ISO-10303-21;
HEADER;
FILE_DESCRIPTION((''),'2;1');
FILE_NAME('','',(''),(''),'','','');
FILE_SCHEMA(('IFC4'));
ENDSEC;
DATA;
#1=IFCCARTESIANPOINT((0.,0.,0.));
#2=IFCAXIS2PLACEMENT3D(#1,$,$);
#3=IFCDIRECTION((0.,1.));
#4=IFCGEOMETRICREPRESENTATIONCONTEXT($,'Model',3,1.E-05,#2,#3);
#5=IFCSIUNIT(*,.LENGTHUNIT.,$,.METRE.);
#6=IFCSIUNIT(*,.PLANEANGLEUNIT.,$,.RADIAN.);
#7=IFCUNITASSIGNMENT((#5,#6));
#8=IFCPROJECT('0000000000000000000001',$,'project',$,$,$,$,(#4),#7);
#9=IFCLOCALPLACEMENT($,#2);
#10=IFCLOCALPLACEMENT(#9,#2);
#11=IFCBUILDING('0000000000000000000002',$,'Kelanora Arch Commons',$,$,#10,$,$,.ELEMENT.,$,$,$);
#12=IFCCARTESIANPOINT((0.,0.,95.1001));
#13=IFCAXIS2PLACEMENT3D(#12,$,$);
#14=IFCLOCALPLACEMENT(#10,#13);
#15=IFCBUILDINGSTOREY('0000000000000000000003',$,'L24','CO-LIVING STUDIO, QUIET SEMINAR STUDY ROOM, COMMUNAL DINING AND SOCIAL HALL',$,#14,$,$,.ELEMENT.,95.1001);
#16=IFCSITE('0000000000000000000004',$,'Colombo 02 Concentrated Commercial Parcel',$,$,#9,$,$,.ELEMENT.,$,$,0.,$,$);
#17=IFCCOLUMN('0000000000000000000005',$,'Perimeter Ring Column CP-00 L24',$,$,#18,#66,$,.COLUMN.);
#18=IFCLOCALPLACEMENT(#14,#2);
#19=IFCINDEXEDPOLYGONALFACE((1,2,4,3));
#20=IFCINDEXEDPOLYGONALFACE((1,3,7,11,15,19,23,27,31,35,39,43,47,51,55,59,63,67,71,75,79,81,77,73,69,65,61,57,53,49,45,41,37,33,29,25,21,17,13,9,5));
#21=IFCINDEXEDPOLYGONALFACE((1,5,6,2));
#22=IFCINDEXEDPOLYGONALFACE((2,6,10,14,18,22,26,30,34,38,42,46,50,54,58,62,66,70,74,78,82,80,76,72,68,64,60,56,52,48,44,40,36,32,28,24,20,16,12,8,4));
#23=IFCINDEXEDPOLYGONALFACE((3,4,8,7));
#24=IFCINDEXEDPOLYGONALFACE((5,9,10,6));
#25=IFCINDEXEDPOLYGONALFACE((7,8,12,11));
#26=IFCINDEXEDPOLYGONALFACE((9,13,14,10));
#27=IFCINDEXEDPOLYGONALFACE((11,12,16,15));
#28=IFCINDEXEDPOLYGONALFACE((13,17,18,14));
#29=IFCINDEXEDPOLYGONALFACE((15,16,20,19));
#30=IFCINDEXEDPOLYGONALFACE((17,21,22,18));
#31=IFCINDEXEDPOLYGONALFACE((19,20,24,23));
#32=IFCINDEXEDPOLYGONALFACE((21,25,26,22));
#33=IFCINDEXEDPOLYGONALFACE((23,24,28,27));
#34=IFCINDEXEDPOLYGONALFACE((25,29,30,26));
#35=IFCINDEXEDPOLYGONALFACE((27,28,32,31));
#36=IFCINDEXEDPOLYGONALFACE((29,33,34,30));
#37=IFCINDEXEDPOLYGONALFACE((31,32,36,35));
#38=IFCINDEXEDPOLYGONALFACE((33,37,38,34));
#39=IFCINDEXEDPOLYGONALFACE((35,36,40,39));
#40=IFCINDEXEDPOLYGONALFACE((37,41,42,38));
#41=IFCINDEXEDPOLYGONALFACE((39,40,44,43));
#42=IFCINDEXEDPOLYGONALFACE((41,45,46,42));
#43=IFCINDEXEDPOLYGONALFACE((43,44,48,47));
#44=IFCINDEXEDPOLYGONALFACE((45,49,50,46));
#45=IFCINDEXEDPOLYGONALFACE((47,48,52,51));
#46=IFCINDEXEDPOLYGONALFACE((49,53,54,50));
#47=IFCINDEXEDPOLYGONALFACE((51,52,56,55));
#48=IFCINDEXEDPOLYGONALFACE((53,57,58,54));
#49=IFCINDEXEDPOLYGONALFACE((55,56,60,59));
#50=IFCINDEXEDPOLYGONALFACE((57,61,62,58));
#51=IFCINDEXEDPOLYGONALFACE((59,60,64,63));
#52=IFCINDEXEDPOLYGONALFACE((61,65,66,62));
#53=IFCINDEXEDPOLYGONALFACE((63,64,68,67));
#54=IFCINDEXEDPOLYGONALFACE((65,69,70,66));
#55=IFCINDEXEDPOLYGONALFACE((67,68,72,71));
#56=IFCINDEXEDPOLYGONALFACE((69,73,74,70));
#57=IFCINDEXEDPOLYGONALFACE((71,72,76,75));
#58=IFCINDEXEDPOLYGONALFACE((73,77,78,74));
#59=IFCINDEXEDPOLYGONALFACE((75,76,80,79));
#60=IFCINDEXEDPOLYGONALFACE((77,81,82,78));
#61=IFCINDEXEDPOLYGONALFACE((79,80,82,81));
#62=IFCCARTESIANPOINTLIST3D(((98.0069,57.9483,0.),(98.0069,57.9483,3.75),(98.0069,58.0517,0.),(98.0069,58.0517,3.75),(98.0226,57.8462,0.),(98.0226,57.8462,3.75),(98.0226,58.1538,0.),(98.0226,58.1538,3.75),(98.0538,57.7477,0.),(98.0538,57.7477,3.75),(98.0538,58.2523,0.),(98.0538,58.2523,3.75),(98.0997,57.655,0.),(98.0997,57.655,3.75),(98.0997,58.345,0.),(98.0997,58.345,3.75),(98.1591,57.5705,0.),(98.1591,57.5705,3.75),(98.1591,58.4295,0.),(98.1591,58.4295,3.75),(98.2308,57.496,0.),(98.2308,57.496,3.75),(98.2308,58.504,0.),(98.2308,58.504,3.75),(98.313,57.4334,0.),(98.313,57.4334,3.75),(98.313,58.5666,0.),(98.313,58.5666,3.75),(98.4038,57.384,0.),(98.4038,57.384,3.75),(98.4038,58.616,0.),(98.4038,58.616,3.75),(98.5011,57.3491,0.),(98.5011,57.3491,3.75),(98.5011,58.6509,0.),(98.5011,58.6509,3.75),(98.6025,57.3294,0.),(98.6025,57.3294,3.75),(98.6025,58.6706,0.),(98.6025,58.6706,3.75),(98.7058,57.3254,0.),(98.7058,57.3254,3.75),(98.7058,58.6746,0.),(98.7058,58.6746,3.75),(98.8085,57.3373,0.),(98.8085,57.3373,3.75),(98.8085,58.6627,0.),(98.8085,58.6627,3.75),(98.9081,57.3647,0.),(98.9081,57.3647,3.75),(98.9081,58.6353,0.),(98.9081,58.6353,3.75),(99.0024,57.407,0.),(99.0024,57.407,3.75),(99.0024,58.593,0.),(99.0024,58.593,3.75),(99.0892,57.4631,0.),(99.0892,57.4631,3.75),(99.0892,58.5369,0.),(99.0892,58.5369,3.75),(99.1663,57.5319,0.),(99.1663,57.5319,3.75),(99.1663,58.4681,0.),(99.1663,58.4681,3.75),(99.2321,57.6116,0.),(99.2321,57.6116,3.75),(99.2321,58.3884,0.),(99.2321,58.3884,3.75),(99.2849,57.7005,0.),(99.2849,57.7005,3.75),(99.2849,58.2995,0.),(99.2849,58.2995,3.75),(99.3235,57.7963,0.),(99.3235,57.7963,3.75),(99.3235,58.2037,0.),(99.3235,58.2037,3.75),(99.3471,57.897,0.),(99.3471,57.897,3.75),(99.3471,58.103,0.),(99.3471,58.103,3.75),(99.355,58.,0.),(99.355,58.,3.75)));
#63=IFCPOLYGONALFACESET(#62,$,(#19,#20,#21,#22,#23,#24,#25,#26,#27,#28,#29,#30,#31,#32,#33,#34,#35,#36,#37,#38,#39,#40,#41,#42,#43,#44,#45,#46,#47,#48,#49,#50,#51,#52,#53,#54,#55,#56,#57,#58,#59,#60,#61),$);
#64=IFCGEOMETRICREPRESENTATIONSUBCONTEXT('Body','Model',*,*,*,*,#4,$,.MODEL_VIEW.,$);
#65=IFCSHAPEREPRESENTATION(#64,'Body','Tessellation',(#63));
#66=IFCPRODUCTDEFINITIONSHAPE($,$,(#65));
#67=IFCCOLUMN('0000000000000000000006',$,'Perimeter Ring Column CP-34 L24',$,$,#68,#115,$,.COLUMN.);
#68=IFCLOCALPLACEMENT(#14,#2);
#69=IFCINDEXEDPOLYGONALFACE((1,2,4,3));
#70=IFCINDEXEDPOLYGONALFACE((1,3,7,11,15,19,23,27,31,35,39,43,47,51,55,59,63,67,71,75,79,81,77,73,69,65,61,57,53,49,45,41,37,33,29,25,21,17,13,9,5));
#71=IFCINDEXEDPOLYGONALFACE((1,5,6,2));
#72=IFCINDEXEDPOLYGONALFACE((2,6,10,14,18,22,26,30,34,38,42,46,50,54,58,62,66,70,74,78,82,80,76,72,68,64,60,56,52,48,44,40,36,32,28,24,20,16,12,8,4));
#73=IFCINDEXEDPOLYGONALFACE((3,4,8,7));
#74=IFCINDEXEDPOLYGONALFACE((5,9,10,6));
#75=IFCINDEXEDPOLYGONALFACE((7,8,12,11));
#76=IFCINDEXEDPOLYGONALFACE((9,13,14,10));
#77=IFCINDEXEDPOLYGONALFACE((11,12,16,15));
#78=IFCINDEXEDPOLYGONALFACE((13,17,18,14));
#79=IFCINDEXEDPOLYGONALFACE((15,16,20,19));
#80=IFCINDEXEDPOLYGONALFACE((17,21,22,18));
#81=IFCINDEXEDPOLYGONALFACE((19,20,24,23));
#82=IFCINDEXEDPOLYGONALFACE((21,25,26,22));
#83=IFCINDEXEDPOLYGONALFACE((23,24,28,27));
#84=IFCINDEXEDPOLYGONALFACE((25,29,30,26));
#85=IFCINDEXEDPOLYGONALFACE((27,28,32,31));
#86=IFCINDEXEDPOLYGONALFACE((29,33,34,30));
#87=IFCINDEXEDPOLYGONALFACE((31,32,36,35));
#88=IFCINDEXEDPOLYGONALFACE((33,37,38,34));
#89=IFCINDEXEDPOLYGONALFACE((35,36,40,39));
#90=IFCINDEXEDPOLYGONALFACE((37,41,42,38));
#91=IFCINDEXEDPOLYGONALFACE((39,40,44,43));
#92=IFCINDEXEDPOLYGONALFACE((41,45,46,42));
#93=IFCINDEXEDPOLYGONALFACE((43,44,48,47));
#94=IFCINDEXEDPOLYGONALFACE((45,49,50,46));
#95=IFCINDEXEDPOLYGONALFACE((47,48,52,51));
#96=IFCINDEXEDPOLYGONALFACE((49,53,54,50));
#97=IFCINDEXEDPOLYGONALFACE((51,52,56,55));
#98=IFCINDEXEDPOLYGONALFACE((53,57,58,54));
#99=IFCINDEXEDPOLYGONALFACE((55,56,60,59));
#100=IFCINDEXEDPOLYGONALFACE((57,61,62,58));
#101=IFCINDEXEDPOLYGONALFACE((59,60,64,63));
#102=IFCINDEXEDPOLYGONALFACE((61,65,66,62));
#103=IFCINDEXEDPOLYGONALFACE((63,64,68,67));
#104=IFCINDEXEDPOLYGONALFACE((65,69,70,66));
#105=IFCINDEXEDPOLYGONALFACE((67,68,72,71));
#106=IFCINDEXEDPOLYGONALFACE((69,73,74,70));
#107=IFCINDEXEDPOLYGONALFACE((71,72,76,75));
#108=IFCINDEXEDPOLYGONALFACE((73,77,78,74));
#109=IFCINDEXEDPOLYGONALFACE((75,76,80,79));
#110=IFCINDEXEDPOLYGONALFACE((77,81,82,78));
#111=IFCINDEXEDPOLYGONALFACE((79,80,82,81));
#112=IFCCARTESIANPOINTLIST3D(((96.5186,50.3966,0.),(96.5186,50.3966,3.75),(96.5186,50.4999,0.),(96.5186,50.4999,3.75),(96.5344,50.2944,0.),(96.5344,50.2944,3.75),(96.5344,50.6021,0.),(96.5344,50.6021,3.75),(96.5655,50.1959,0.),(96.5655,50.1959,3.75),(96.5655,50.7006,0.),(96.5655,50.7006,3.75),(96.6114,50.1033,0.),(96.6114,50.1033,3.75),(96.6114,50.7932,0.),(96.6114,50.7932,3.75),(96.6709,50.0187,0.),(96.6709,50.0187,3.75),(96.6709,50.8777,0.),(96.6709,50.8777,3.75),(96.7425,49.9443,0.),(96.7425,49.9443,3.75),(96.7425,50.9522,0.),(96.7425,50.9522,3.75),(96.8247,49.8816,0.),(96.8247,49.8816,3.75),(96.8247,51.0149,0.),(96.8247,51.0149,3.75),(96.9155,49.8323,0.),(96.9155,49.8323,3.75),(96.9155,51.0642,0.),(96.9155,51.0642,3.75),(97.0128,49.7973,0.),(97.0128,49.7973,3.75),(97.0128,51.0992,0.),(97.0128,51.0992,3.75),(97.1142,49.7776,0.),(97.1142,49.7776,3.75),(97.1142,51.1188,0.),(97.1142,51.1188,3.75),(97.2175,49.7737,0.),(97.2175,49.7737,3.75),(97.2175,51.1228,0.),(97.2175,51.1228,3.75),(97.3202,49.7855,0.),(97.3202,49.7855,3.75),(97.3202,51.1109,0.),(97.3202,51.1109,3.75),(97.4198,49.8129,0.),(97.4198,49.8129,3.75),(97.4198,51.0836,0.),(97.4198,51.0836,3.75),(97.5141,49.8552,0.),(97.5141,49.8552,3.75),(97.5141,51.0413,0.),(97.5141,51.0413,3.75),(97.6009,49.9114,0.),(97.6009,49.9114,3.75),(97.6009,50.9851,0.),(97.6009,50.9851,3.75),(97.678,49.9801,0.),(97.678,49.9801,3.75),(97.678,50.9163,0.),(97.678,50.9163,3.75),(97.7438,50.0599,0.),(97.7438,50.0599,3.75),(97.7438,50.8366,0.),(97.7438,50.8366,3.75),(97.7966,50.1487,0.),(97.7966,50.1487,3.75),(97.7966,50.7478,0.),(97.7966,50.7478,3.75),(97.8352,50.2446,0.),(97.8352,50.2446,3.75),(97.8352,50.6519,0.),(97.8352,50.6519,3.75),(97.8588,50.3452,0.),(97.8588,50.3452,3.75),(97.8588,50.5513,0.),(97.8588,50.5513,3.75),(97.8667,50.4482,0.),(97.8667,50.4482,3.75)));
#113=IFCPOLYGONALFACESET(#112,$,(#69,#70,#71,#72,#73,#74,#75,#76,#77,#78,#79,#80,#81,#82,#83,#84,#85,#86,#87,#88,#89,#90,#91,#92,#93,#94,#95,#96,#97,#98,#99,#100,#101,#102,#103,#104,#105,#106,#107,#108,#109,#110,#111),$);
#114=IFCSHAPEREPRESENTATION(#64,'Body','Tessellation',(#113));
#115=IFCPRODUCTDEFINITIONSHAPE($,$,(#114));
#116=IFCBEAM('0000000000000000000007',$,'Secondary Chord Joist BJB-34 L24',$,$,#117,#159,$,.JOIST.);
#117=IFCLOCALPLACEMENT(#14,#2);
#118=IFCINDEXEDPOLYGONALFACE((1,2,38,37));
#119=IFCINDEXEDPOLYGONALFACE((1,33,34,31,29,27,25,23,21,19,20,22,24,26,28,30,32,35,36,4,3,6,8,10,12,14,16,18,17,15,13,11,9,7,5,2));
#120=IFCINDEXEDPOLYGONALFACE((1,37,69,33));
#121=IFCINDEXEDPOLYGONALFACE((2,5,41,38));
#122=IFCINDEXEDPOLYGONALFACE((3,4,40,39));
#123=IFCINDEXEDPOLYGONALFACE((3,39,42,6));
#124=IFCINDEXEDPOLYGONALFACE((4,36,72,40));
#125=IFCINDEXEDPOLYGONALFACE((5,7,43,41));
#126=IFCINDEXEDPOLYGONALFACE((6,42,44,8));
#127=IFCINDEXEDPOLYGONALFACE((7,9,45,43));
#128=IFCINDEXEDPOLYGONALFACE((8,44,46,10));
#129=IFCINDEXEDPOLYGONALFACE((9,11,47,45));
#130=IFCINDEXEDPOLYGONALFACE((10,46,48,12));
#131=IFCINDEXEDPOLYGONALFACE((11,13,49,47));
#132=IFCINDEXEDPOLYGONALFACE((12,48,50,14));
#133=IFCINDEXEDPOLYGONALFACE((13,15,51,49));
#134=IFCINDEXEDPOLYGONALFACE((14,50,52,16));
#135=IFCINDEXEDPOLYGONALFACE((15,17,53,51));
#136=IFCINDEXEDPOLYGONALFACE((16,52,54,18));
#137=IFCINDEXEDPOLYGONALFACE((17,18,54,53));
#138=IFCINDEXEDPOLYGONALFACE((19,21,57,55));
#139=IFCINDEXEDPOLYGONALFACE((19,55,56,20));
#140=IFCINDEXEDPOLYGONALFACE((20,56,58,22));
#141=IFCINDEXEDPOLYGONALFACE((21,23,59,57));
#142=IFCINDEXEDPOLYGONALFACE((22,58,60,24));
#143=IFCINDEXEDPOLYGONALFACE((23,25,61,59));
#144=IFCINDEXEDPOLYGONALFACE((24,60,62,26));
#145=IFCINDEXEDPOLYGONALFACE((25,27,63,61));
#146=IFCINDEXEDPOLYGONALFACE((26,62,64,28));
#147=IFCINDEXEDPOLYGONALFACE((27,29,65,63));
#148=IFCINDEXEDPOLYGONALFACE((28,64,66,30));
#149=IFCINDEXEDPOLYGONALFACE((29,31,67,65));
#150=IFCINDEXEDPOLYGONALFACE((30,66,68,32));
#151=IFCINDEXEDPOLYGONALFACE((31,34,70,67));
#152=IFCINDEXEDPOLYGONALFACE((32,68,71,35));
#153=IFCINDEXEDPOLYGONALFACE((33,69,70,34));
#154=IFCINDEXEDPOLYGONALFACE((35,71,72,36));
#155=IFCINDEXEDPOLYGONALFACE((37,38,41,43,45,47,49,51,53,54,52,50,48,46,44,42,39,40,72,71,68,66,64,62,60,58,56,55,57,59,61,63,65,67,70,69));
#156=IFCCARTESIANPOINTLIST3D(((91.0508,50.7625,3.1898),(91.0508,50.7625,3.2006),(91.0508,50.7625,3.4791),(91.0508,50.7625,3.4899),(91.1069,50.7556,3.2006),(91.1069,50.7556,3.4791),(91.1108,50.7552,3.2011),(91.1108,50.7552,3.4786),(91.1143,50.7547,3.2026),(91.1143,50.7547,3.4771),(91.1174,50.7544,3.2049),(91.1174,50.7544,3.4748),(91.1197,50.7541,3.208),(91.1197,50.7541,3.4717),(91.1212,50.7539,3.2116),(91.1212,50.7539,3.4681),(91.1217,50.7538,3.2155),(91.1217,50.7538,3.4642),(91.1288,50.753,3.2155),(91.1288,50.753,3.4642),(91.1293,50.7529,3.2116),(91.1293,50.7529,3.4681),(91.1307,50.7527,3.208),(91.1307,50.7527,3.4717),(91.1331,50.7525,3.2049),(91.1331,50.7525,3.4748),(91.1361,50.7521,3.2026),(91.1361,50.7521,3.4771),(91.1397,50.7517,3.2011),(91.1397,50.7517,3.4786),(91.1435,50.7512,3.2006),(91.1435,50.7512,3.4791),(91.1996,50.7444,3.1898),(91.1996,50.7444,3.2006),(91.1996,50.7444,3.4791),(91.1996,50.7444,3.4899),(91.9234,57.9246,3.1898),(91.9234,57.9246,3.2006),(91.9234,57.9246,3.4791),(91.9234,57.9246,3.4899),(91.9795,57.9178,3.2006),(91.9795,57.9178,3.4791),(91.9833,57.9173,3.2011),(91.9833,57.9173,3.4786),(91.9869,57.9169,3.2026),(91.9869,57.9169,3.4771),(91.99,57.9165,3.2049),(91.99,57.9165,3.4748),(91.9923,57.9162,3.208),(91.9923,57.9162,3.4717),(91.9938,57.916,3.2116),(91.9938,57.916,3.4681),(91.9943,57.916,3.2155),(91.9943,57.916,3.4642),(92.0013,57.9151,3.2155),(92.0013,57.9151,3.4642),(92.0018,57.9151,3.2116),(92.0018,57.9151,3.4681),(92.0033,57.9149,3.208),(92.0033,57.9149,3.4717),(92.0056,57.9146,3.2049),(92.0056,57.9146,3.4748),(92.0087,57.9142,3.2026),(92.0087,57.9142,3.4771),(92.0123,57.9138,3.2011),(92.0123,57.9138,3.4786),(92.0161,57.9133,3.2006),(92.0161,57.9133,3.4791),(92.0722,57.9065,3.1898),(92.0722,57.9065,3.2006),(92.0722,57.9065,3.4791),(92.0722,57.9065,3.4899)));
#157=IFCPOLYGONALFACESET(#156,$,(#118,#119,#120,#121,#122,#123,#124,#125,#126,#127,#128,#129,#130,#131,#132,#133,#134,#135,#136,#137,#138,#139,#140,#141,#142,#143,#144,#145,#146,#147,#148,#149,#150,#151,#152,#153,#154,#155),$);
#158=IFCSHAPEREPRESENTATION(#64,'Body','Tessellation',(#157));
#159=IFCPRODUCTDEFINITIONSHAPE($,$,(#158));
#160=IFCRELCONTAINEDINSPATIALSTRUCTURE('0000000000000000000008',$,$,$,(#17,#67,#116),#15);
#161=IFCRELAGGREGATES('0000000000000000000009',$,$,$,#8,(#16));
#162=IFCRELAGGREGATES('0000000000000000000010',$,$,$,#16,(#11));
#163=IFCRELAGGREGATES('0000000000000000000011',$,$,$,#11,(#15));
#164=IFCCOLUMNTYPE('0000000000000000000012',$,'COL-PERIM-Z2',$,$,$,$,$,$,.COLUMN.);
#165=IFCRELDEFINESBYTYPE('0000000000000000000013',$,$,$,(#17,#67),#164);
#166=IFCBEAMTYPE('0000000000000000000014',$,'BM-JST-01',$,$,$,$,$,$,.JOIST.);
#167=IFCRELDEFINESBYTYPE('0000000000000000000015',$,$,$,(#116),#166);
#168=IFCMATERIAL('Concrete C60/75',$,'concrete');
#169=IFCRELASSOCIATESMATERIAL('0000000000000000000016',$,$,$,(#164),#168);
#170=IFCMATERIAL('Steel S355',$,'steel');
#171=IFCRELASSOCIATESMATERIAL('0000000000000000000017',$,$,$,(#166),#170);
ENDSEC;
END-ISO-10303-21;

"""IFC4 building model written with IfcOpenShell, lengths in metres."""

from ifc_helpers import new_model, si_unit, direction, frame, origin, origin_2d, place, context, subcontext, project, spatial, circle, i_section, extrude, material, material_profile, profile_set, type_object, element, save


model = new_model("IFC4")

# Units and contexts
model_context = context("Model", 3, precision=1e-05, world=origin(), true_north=direction((0.0, 1.0)))
body_context = subcontext(model_context, "Body", "Model", "MODEL_VIEW")
ifc_project = project(units=[si_unit("LENGTHUNIT", "METRE"), si_unit("PLANEANGLEUNIT", "RADIAN")], contexts=[model_context])

# Site, building, storey
site_placement = place(None, origin())
site = spatial("IfcSite", under=ifc_project, at=site_placement, Name="Colombo 02 Concentrated Commercial Parcel", CompositionType="ELEMENT", RefElevation=0.0)
building_placement = place(site_placement, origin())
building = spatial("IfcBuilding", under=site, at=building_placement, Name="Kelanora Arch Commons", CompositionType="ELEMENT")
storey_placement = place(building_placement, frame((0.0, 0.0, 95.1001)))
storey = spatial("IfcBuildingStorey", under=building, at=storey_placement, Name="L24", Description="CO-LIVING STUDIO, QUIET SEMINAR STUDY ROOM, COMMUNAL DINING AND SOCIAL HALL", CompositionType="ELEMENT", Elevation=95.1001)

# Columns
ifc_material_1 = material(Name="Concrete C60/75", Category="concrete")
ifc_material_profile_1 = material_profile(ifc_material_1, circle(Radius=0.675, at=origin_2d()), Name="RCC1350")
ifc_profile_set_1 = profile_set([ifc_material_profile_1], Name="Concrete C60/75")
column_type = type_object("IfcColumnType", Name="COL-PERIM-Z2", PredefinedType="COLUMN", material=ifc_profile_set_1)
for number, where, z_axis, x_axis, name in (
    (1, (98.6799, 58.0, 0.0), (0.0, 0.0, 1.0), (1.0, 0.0, 0.0), "Perimeter Ring Column CP-00 L24"),
    (2, (97.1917, 50.4482, 0.0), (0.0, 0.0, 1.0), (1.0, 0.0, 0.0), "Perimeter Ring Column CP-34 L24"),
):
    element("IfcColumn", number, at=place(storey_placement, frame(where, z_axis=z_axis, x_axis=x_axis)), inside=storey, type_object=column_type, Name=name, PredefinedType="COLUMN", context=body_context, shape_type="SweptSolid", body=[
        extrude(circle(Radius=0.675, at=origin_2d()), origin(), (0.0, 0.0, 1.0), 3.75),
    ])

# Beam
ifc_material_2 = material(Name="Steel S355", Category="steel")
ifc_material_profile_2 = material_profile(ifc_material_2, i_section(OverallWidth=0.1499, OverallDepth=0.3, WebThickness=0.0071, FlangeThickness=0.0107, FilletRadius=0.0149, at=origin_2d()), Name="IPE300")
ifc_profile_set_2 = profile_set([ifc_material_profile_2], Name="Steel S355")
beam_type_1 = type_object("IfcBeamType", Name="BM-JST-01", PredefinedType="JOIST", material=ifc_profile_set_2)
beam_1_placement = place(storey_placement, frame((91.1252, 50.7534, 3.3398), z_axis=(0.120936, 0.99266, 0.0), x_axis=(-0.99266, 0.120936, 0.0)))
element("IfcBeam", 3, at=beam_1_placement, inside=storey, type_object=beam_type_1, Name="Secondary Chord Joist BJB-34 L24", PredefinedType="JOIST", context=body_context, shape_type="SweptSolid", body=[
    extrude(i_section(OverallWidth=0.1499, OverallDepth=0.3, WebThickness=0.0071, FlangeThickness=0.0107, FilletRadius=0.0149, at=origin_2d()), origin(), (0.0, 0.0, 1.0), 7.2151),
])

save(model, "model.ifc")
